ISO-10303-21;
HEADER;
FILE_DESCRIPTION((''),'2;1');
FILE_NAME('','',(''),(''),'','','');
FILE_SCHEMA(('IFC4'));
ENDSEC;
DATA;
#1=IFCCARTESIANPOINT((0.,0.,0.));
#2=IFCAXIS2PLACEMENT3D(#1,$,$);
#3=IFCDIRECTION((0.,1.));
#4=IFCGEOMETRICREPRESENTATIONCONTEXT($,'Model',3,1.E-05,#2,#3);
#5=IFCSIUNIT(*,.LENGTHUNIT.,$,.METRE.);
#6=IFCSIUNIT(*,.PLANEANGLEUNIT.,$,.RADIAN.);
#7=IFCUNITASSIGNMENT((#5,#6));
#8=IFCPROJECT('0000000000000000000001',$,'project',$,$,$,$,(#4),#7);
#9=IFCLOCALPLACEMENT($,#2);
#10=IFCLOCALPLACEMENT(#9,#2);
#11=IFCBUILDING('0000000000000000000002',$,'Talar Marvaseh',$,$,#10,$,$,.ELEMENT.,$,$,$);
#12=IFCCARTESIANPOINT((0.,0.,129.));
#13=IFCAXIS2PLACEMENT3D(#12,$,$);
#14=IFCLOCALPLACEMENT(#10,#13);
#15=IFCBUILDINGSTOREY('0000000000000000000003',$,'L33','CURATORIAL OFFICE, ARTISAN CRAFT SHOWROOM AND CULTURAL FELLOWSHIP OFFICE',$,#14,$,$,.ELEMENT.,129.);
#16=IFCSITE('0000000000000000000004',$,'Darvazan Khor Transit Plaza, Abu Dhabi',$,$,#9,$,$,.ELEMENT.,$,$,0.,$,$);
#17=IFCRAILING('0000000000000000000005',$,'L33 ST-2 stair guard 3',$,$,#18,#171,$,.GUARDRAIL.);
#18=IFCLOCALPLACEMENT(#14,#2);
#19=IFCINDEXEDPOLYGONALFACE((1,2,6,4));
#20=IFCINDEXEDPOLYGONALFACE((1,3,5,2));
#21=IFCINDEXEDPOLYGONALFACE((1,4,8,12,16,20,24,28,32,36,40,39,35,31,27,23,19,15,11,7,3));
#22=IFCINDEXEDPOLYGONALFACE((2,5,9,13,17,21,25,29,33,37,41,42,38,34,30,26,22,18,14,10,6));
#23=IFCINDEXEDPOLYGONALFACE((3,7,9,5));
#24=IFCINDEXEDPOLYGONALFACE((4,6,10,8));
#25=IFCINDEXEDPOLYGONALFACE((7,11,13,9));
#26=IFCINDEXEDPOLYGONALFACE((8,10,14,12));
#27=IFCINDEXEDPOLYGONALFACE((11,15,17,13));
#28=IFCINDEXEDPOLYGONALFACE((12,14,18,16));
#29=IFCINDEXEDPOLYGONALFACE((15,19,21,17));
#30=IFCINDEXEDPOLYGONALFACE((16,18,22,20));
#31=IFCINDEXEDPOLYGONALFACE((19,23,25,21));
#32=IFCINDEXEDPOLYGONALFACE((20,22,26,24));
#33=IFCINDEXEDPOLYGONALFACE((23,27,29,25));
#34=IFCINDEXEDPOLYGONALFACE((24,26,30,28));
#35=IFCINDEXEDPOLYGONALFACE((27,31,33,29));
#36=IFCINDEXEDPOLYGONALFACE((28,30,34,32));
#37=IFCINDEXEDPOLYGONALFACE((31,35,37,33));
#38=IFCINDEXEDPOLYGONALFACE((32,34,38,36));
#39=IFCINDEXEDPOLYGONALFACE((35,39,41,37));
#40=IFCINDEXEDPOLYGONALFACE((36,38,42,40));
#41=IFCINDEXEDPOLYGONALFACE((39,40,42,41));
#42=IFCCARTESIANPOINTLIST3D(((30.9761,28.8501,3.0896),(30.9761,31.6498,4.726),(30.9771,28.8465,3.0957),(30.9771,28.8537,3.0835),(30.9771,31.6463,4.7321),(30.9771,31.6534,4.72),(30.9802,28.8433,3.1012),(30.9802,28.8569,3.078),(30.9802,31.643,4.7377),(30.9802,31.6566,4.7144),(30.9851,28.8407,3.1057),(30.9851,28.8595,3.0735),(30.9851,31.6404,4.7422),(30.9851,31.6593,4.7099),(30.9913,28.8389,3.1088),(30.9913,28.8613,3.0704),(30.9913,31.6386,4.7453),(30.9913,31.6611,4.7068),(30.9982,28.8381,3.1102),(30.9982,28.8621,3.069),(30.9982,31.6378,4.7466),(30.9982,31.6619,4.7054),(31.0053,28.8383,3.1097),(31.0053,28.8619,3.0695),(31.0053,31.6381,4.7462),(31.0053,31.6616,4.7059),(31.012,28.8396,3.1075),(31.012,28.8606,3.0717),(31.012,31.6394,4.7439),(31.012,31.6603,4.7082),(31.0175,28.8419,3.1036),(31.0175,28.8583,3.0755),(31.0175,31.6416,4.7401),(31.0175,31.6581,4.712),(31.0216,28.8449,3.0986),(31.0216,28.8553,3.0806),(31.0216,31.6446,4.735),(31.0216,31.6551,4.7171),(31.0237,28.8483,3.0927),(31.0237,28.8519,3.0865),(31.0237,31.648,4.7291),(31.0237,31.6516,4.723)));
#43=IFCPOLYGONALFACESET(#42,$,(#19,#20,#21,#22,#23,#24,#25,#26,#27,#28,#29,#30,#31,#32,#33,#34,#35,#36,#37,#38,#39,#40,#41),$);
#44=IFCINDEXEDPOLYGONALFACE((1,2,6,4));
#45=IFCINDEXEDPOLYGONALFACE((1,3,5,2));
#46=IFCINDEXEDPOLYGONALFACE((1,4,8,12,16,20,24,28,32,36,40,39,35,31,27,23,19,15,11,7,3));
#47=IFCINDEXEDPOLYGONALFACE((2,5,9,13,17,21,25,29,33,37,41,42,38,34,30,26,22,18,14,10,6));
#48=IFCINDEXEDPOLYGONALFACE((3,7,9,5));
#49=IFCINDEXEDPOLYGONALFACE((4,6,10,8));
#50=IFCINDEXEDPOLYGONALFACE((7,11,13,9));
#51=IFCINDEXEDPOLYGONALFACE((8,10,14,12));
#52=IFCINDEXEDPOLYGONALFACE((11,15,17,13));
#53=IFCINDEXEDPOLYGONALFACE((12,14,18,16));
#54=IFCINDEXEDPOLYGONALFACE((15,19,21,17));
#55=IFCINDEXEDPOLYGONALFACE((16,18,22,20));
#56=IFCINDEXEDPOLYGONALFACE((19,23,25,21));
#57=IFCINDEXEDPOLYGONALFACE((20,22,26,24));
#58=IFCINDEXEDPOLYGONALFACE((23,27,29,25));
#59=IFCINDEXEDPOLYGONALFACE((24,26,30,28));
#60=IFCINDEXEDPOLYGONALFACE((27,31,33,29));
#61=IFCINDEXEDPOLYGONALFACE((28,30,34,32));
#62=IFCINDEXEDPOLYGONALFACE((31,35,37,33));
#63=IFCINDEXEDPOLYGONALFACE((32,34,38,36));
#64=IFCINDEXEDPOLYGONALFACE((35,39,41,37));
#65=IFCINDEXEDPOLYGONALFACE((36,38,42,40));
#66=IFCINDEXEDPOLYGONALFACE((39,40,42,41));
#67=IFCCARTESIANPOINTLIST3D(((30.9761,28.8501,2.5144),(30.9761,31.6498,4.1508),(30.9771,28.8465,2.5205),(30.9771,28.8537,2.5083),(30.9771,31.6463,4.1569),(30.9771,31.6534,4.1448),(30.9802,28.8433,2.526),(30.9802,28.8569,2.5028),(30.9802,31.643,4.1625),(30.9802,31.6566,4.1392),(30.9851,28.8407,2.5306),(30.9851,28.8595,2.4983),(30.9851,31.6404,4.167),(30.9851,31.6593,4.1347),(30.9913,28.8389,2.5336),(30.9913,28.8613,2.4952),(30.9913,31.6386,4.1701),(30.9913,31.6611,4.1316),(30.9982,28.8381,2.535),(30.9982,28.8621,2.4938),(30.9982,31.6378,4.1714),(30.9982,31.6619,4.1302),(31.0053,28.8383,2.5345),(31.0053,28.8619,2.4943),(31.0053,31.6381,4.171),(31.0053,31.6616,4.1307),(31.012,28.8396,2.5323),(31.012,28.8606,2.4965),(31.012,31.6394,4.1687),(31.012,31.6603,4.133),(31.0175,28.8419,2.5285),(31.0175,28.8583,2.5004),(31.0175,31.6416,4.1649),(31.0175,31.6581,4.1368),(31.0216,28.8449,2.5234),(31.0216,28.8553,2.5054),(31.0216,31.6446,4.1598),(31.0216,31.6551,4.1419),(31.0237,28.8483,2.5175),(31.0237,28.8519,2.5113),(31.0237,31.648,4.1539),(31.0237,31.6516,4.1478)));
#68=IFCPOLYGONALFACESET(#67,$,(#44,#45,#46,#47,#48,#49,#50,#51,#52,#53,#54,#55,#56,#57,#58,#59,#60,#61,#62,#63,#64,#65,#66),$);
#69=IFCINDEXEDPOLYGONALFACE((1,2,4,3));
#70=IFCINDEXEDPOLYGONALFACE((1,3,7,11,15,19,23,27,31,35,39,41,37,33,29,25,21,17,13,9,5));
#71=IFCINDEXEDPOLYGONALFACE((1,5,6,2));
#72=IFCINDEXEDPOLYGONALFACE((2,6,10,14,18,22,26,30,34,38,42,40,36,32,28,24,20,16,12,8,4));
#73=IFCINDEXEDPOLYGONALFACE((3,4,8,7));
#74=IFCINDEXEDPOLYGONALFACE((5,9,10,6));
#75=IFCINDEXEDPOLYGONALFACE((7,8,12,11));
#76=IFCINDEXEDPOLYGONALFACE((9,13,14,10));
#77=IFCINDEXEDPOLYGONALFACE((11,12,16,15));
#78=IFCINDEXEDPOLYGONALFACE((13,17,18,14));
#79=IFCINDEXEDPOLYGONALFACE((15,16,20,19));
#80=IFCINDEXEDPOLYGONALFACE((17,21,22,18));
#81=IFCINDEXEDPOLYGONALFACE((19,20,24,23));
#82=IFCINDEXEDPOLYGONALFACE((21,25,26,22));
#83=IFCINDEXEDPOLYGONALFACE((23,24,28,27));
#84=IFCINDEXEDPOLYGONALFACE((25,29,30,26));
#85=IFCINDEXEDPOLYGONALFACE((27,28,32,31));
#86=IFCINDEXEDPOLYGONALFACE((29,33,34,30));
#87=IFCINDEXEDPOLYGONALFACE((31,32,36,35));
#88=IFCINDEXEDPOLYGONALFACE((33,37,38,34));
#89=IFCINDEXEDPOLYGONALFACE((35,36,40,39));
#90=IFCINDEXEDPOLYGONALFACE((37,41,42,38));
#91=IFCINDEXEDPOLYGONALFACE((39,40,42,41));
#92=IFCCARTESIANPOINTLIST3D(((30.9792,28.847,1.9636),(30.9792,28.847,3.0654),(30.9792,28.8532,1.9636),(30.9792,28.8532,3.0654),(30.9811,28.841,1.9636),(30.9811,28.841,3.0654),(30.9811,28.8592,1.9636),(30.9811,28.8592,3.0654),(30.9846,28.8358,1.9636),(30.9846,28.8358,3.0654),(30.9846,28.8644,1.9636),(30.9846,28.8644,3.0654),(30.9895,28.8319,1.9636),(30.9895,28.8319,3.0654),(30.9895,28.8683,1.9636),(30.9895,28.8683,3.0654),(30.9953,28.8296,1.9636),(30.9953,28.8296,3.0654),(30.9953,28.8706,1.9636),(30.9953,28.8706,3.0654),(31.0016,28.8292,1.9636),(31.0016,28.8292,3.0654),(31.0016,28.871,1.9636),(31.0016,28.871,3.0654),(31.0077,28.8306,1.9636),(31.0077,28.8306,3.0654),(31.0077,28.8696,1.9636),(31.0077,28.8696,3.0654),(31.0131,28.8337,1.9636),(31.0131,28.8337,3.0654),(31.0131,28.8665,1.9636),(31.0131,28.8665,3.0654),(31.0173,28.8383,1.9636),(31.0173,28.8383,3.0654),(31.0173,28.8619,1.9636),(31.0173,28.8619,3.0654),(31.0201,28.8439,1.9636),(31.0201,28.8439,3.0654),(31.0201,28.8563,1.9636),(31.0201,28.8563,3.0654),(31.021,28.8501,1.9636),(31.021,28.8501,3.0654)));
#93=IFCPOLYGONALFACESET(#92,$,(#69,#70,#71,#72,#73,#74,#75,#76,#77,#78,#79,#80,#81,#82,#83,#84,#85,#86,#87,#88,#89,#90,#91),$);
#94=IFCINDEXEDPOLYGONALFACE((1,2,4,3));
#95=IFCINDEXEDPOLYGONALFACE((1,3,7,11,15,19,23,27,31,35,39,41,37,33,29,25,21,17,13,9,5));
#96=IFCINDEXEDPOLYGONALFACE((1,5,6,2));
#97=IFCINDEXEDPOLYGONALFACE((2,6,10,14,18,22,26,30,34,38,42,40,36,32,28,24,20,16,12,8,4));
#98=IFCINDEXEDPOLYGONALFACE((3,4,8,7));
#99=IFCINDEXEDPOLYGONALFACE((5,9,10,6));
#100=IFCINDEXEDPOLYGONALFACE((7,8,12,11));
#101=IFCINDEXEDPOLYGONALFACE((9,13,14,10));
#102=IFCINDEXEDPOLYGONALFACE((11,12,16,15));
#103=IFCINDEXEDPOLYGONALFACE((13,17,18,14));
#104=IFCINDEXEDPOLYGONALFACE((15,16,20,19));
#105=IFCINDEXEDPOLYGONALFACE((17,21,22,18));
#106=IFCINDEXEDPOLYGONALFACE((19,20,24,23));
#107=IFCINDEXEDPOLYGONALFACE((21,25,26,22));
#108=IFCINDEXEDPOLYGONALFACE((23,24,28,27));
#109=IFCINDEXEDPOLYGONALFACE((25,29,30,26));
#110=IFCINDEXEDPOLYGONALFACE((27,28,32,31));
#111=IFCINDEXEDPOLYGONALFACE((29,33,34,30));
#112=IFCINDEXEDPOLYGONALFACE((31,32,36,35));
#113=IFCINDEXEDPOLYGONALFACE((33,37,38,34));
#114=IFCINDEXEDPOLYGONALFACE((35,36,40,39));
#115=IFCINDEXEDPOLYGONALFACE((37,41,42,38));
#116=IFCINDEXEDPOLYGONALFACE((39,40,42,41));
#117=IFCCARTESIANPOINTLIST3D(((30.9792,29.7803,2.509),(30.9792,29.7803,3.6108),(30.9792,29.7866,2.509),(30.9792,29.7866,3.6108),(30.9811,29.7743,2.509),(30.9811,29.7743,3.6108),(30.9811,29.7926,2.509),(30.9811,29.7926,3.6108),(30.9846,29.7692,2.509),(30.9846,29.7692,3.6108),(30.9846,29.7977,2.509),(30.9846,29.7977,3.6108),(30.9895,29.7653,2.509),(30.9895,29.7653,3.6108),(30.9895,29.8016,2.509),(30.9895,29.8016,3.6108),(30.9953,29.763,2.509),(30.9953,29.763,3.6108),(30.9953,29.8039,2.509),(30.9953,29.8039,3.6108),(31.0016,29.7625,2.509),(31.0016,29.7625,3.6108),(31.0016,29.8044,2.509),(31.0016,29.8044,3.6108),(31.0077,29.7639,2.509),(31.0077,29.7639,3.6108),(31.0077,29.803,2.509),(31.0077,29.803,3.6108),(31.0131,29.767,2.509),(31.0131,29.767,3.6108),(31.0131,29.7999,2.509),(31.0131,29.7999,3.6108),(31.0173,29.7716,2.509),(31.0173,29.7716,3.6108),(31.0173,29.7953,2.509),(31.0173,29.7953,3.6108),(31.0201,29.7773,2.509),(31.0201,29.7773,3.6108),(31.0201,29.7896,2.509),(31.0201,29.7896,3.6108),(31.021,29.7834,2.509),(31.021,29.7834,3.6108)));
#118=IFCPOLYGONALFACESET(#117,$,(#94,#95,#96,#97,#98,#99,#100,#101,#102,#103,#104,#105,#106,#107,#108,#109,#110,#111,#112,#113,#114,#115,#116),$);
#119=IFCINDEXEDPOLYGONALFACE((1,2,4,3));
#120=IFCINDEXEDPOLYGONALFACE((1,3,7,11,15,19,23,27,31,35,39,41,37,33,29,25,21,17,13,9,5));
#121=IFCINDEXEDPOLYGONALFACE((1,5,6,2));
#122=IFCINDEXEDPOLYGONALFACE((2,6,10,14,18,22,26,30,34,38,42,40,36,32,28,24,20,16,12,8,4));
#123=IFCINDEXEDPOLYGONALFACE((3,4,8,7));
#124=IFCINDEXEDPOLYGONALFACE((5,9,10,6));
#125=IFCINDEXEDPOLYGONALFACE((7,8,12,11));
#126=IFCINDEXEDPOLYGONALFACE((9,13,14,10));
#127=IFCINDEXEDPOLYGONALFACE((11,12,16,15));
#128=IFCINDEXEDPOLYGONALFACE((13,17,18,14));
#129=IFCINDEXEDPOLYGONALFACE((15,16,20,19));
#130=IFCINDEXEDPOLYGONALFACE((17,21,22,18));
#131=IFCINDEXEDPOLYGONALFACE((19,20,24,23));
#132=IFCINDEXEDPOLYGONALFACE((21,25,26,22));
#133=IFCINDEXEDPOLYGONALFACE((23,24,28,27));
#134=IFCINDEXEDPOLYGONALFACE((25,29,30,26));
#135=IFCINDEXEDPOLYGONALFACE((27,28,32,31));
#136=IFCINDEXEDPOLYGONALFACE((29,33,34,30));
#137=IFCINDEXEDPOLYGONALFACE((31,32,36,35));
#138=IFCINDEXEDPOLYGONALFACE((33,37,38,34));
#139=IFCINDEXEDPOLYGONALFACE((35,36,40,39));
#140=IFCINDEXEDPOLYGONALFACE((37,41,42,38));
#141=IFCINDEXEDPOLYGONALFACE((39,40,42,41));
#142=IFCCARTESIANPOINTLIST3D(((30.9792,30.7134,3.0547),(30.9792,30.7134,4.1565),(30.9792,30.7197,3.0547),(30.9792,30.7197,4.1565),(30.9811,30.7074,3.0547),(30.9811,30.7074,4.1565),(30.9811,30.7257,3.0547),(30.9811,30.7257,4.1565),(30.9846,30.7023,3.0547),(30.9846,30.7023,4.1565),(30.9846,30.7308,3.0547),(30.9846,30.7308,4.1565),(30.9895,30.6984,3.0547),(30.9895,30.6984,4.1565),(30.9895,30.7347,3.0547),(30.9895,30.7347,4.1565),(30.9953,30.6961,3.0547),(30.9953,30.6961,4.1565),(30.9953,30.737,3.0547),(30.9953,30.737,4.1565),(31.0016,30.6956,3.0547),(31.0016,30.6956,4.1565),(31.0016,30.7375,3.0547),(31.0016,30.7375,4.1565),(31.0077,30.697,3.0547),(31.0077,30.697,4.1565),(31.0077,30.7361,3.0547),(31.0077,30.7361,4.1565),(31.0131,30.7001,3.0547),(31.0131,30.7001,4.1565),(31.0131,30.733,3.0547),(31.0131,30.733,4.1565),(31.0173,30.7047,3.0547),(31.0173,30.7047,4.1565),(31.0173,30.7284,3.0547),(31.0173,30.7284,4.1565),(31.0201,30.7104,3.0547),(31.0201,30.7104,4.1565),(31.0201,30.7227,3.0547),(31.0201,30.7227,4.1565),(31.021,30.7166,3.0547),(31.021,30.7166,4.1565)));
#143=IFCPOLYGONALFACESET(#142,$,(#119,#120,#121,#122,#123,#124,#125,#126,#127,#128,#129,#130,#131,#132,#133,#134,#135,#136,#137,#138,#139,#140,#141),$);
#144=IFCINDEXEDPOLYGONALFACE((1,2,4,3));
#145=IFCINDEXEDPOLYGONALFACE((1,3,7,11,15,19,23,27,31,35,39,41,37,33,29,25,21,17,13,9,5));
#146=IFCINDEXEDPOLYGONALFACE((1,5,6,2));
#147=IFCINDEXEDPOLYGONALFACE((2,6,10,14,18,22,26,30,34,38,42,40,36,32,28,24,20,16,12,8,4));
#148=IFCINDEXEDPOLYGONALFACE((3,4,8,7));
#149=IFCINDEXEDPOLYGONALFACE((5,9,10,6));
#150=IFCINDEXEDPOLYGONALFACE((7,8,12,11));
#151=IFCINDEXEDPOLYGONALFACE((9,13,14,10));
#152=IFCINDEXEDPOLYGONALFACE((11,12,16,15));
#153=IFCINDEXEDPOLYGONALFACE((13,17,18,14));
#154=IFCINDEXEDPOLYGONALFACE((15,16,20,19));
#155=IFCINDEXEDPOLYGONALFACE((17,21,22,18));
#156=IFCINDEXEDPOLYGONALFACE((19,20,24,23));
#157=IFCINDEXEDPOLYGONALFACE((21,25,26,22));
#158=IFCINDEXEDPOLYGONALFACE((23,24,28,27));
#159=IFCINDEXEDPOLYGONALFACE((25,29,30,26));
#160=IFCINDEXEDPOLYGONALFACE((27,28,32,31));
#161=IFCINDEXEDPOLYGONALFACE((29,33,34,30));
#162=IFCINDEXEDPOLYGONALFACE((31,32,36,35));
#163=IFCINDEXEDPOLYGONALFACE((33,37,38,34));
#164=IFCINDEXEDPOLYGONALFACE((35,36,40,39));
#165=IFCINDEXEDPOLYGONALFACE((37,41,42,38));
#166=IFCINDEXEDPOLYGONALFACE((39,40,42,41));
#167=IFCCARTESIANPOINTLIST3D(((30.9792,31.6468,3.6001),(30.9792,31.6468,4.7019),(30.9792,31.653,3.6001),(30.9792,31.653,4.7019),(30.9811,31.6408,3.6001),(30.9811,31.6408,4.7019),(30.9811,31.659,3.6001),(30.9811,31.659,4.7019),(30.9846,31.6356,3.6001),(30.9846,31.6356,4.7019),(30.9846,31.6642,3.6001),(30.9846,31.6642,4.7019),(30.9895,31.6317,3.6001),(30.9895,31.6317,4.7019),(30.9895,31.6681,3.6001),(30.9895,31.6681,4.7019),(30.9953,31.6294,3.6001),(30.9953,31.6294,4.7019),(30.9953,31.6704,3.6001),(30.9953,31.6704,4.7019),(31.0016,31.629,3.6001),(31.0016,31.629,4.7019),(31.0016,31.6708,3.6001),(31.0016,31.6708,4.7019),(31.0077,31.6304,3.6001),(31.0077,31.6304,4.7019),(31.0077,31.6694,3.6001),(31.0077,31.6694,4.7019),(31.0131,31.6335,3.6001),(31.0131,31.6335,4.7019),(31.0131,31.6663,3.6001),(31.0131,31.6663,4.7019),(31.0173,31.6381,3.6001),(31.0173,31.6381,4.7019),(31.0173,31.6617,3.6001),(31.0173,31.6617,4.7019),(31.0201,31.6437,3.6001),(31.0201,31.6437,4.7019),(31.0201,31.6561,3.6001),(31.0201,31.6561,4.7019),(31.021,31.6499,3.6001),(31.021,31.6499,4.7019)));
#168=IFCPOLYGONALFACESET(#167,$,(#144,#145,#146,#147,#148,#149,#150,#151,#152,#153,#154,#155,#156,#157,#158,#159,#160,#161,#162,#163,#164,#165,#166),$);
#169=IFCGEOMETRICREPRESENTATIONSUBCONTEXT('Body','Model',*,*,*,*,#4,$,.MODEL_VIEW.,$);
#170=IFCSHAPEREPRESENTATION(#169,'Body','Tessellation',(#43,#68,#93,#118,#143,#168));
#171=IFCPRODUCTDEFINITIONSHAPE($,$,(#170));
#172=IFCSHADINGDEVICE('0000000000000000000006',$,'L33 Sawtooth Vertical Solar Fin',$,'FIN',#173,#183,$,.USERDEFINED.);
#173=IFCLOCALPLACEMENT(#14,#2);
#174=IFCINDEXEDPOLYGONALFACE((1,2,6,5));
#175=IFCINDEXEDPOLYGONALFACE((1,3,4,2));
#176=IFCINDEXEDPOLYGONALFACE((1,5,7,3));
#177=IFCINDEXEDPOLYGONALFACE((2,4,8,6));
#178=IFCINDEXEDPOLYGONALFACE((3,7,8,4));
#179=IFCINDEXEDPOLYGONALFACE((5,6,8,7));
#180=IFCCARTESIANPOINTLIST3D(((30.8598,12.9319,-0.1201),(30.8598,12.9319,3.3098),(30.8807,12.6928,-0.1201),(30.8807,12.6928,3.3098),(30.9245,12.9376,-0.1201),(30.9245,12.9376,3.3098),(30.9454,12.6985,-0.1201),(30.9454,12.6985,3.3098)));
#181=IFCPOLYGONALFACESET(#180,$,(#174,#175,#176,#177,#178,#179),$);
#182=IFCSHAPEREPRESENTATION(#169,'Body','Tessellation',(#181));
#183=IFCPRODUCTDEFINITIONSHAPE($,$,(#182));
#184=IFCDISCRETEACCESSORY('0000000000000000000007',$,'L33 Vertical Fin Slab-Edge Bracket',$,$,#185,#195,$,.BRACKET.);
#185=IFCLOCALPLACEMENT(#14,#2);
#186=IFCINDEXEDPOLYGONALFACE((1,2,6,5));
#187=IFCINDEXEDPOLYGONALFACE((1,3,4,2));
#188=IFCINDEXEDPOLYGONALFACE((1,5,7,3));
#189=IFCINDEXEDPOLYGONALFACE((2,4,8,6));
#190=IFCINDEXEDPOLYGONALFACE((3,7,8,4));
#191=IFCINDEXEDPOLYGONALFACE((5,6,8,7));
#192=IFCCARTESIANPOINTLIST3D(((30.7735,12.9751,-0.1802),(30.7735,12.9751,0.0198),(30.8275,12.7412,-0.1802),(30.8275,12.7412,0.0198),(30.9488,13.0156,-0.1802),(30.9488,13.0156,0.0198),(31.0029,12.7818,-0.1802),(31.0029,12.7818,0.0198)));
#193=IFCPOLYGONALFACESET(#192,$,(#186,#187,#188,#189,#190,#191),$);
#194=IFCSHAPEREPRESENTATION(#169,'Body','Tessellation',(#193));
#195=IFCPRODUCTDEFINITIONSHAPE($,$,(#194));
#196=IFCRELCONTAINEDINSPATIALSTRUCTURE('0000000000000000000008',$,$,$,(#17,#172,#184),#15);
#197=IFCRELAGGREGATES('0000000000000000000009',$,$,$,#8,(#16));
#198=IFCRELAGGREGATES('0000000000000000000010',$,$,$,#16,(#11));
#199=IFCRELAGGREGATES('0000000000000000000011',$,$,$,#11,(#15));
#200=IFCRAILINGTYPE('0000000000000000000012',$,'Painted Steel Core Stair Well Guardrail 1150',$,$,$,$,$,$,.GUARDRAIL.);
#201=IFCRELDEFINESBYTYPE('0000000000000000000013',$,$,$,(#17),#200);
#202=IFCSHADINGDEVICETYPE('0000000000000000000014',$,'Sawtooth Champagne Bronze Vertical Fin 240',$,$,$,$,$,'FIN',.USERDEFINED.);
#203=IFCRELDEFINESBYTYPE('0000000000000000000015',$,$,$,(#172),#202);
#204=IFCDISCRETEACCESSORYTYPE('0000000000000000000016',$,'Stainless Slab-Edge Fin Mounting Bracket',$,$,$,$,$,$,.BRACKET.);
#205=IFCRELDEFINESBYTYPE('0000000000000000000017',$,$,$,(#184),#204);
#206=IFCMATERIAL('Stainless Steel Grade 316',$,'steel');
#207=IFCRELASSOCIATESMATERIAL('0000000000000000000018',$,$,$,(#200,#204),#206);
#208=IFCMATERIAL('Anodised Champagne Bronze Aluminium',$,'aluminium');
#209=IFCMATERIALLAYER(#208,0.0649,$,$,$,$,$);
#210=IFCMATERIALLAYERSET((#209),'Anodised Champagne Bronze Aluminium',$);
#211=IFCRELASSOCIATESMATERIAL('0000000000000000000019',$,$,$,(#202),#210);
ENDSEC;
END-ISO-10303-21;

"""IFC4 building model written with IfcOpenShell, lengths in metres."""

from ifc_helpers import new_model, si_unit, direction, frame, origin, origin_2d, place, context, subcontext, project, spatial, rectangle, circle, extrude, source, transform, mapped, material, layer, layer_set, type_object, type_shapes, element, save


model = new_model("IFC4")

# Units and contexts
model_context = context("Model", 3, precision=1e-05, world=origin(), true_north=direction((0.0, 1.0)))
body_context = subcontext(model_context, "Body", "Model", "MODEL_VIEW")
ifc_project = project(units=[si_unit("LENGTHUNIT", "METRE"), si_unit("PLANEANGLEUNIT", "RADIAN")], contexts=[model_context])

# Site, building, storey
site_placement = place(None, origin())
site = spatial("IfcSite", under=ifc_project, at=site_placement, Name="Darvazan Khor Transit Plaza, Abu Dhabi", CompositionType="ELEMENT", RefElevation=0.0)
building_placement = place(site_placement, origin())
building = spatial("IfcBuilding", under=site, at=building_placement, Name="Talar Marvaseh", CompositionType="ELEMENT")
storey_placement = place(building_placement, frame((0.0, 0.0, 129.0)))
storey = spatial("IfcBuildingStorey", under=building, at=storey_placement, Name="L33", Description="CURATORIAL OFFICE, ARTISAN CRAFT SHOWROOM AND CULTURAL FELLOWSHIP OFFICE", CompositionType="ELEMENT", Elevation=129.0)

# Railing
ifc_material_1 = material(Name="Stainless Steel Grade 316", Category="steel")
railing_type_1 = type_object("IfcRailingType", Name="Painted Steel Core Stair Well Guardrail 1150", PredefinedType="GUARDRAIL", material=ifc_material_1)
railing_1_placement = place(storey_placement, frame((31.0, 28.8501, 1.9636)))
element("IfcRailing", 1, at=railing_1_placement, inside=storey, type_object=railing_type_1, Name="L33 ST-2 stair guard 3", PredefinedType="GUARDRAIL", context=body_context, shape_type="SweptSolid", body=[
    extrude(circle(Radius=0.0239, at=origin_2d()), frame((0.0, 0.0, 1.126), z_axis=(0.0, 0.863342, 0.50462), x_axis=(-1.0, 0.0, 0.0)), (0.0, 0.0, 1.0), 3.2429),
    extrude(circle(Radius=0.0239, at=origin_2d()), frame((0.0, 0.0, 0.5508), z_axis=(0.0, 0.863342, 0.50462), x_axis=(-1.0, 0.0, 0.0)), (0.0, 0.0, 1.0), 3.2429),
    extrude(circle(Radius=0.021, at=origin_2d()), origin(), (0.0, 0.0, 1.0), 1.1018),
    extrude(circle(Radius=0.021, at=origin_2d()), frame((0.0, 0.9333, 0.5454)), (0.0, 0.0, 1.0), 1.1018),
    extrude(circle(Radius=0.021, at=origin_2d()), frame((0.0, 1.8665, 1.0911)), (0.0, 0.0, 1.0), 1.1018),
    extrude(circle(Radius=0.021, at=origin_2d()), frame((0.0, 2.7998, 1.6365)), (0.0, 0.0, 1.0), 1.1018),
])

# Shading device
ifc_material_2 = material(Name="Anodised Champagne Bronze Aluminium", Category="aluminium")
ifc_layer_1 = layer(ifc_material_2, 0.0649)
ifc_layer_set_1 = layer_set([ifc_layer_1], Name="Anodised Champagne Bronze Aluminium")
shading_device_type = type_object("IfcShadingDeviceType", Name="Sawtooth Champagne Bronze Vertical Fin 240", ElementType="FIN", PredefinedType="USERDEFINED", material=ifc_layer_set_1)
shared_shape_1 = source(origin(), body_context, "Body", "SweptSolid", [
    extrude(rectangle(XDim=0.24, YDim=0.0649, at=origin_2d()), origin(), (0.0, 0.0, 1.0), 3.4299),
])
type_shapes(shading_device_type, [shared_shape_1])
shading_device_placement = place(storey_placement, frame((30.9026, 12.8152, -0.1201), z_axis=(0.0, 0.0, 1.0), x_axis=(0.08733, -0.996179, 0.0)))
element("IfcShadingDevice", 2, at=shading_device_placement, inside=storey, type_object=shading_device_type, Name="L33 Sawtooth Vertical Solar Fin", ObjectType="FIN", PredefinedType="USERDEFINED", context=body_context, shape_type="MappedRepresentation", body=[
    mapped(shared_shape_1, transform((0.0, 0.0, 0.0), x_axis=(1.0, 0.0, 0.0), y_axis=(0.0, 1.0, 0.0), z_axis=(0.0, 0.0, 1.0), scale=1.0)),
])

# Discrete accessory
discrete_accessory_type = type_object("IfcDiscreteAccessoryType", Name="Stainless Slab-Edge Fin Mounting Bracket", PredefinedType="BRACKET", material=ifc_material_1)
shared_shape_2 = source(origin(), body_context, "Body", "SweptSolid", [
    extrude(rectangle(XDim=0.24, YDim=0.1799, at=origin_2d()), origin(), (0.0, 0.0, 1.0), 0.2),
])
type_shapes(discrete_accessory_type, [shared_shape_2])
discrete_accessory_placement = place(storey_placement, frame((30.8882, 12.8784, -0.1802), z_axis=(0.0, 0.0, 1.0), x_axis=(0.225121, -0.974331, 0.0)))
element("IfcDiscreteAccessory", 3, at=discrete_accessory_placement, inside=storey, type_object=discrete_accessory_type, Name="L33 Vertical Fin Slab-Edge Bracket", PredefinedType="BRACKET", context=body_context, shape_type="MappedRepresentation", body=[
    mapped(shared_shape_2, transform((0.0, 0.0, 0.0), x_axis=(1.0, 0.0, 0.0), y_axis=(0.0, 1.0, 0.0), z_axis=(0.0, 0.0, 1.0), scale=1.0)),
])

save(model, "model.ifc")
